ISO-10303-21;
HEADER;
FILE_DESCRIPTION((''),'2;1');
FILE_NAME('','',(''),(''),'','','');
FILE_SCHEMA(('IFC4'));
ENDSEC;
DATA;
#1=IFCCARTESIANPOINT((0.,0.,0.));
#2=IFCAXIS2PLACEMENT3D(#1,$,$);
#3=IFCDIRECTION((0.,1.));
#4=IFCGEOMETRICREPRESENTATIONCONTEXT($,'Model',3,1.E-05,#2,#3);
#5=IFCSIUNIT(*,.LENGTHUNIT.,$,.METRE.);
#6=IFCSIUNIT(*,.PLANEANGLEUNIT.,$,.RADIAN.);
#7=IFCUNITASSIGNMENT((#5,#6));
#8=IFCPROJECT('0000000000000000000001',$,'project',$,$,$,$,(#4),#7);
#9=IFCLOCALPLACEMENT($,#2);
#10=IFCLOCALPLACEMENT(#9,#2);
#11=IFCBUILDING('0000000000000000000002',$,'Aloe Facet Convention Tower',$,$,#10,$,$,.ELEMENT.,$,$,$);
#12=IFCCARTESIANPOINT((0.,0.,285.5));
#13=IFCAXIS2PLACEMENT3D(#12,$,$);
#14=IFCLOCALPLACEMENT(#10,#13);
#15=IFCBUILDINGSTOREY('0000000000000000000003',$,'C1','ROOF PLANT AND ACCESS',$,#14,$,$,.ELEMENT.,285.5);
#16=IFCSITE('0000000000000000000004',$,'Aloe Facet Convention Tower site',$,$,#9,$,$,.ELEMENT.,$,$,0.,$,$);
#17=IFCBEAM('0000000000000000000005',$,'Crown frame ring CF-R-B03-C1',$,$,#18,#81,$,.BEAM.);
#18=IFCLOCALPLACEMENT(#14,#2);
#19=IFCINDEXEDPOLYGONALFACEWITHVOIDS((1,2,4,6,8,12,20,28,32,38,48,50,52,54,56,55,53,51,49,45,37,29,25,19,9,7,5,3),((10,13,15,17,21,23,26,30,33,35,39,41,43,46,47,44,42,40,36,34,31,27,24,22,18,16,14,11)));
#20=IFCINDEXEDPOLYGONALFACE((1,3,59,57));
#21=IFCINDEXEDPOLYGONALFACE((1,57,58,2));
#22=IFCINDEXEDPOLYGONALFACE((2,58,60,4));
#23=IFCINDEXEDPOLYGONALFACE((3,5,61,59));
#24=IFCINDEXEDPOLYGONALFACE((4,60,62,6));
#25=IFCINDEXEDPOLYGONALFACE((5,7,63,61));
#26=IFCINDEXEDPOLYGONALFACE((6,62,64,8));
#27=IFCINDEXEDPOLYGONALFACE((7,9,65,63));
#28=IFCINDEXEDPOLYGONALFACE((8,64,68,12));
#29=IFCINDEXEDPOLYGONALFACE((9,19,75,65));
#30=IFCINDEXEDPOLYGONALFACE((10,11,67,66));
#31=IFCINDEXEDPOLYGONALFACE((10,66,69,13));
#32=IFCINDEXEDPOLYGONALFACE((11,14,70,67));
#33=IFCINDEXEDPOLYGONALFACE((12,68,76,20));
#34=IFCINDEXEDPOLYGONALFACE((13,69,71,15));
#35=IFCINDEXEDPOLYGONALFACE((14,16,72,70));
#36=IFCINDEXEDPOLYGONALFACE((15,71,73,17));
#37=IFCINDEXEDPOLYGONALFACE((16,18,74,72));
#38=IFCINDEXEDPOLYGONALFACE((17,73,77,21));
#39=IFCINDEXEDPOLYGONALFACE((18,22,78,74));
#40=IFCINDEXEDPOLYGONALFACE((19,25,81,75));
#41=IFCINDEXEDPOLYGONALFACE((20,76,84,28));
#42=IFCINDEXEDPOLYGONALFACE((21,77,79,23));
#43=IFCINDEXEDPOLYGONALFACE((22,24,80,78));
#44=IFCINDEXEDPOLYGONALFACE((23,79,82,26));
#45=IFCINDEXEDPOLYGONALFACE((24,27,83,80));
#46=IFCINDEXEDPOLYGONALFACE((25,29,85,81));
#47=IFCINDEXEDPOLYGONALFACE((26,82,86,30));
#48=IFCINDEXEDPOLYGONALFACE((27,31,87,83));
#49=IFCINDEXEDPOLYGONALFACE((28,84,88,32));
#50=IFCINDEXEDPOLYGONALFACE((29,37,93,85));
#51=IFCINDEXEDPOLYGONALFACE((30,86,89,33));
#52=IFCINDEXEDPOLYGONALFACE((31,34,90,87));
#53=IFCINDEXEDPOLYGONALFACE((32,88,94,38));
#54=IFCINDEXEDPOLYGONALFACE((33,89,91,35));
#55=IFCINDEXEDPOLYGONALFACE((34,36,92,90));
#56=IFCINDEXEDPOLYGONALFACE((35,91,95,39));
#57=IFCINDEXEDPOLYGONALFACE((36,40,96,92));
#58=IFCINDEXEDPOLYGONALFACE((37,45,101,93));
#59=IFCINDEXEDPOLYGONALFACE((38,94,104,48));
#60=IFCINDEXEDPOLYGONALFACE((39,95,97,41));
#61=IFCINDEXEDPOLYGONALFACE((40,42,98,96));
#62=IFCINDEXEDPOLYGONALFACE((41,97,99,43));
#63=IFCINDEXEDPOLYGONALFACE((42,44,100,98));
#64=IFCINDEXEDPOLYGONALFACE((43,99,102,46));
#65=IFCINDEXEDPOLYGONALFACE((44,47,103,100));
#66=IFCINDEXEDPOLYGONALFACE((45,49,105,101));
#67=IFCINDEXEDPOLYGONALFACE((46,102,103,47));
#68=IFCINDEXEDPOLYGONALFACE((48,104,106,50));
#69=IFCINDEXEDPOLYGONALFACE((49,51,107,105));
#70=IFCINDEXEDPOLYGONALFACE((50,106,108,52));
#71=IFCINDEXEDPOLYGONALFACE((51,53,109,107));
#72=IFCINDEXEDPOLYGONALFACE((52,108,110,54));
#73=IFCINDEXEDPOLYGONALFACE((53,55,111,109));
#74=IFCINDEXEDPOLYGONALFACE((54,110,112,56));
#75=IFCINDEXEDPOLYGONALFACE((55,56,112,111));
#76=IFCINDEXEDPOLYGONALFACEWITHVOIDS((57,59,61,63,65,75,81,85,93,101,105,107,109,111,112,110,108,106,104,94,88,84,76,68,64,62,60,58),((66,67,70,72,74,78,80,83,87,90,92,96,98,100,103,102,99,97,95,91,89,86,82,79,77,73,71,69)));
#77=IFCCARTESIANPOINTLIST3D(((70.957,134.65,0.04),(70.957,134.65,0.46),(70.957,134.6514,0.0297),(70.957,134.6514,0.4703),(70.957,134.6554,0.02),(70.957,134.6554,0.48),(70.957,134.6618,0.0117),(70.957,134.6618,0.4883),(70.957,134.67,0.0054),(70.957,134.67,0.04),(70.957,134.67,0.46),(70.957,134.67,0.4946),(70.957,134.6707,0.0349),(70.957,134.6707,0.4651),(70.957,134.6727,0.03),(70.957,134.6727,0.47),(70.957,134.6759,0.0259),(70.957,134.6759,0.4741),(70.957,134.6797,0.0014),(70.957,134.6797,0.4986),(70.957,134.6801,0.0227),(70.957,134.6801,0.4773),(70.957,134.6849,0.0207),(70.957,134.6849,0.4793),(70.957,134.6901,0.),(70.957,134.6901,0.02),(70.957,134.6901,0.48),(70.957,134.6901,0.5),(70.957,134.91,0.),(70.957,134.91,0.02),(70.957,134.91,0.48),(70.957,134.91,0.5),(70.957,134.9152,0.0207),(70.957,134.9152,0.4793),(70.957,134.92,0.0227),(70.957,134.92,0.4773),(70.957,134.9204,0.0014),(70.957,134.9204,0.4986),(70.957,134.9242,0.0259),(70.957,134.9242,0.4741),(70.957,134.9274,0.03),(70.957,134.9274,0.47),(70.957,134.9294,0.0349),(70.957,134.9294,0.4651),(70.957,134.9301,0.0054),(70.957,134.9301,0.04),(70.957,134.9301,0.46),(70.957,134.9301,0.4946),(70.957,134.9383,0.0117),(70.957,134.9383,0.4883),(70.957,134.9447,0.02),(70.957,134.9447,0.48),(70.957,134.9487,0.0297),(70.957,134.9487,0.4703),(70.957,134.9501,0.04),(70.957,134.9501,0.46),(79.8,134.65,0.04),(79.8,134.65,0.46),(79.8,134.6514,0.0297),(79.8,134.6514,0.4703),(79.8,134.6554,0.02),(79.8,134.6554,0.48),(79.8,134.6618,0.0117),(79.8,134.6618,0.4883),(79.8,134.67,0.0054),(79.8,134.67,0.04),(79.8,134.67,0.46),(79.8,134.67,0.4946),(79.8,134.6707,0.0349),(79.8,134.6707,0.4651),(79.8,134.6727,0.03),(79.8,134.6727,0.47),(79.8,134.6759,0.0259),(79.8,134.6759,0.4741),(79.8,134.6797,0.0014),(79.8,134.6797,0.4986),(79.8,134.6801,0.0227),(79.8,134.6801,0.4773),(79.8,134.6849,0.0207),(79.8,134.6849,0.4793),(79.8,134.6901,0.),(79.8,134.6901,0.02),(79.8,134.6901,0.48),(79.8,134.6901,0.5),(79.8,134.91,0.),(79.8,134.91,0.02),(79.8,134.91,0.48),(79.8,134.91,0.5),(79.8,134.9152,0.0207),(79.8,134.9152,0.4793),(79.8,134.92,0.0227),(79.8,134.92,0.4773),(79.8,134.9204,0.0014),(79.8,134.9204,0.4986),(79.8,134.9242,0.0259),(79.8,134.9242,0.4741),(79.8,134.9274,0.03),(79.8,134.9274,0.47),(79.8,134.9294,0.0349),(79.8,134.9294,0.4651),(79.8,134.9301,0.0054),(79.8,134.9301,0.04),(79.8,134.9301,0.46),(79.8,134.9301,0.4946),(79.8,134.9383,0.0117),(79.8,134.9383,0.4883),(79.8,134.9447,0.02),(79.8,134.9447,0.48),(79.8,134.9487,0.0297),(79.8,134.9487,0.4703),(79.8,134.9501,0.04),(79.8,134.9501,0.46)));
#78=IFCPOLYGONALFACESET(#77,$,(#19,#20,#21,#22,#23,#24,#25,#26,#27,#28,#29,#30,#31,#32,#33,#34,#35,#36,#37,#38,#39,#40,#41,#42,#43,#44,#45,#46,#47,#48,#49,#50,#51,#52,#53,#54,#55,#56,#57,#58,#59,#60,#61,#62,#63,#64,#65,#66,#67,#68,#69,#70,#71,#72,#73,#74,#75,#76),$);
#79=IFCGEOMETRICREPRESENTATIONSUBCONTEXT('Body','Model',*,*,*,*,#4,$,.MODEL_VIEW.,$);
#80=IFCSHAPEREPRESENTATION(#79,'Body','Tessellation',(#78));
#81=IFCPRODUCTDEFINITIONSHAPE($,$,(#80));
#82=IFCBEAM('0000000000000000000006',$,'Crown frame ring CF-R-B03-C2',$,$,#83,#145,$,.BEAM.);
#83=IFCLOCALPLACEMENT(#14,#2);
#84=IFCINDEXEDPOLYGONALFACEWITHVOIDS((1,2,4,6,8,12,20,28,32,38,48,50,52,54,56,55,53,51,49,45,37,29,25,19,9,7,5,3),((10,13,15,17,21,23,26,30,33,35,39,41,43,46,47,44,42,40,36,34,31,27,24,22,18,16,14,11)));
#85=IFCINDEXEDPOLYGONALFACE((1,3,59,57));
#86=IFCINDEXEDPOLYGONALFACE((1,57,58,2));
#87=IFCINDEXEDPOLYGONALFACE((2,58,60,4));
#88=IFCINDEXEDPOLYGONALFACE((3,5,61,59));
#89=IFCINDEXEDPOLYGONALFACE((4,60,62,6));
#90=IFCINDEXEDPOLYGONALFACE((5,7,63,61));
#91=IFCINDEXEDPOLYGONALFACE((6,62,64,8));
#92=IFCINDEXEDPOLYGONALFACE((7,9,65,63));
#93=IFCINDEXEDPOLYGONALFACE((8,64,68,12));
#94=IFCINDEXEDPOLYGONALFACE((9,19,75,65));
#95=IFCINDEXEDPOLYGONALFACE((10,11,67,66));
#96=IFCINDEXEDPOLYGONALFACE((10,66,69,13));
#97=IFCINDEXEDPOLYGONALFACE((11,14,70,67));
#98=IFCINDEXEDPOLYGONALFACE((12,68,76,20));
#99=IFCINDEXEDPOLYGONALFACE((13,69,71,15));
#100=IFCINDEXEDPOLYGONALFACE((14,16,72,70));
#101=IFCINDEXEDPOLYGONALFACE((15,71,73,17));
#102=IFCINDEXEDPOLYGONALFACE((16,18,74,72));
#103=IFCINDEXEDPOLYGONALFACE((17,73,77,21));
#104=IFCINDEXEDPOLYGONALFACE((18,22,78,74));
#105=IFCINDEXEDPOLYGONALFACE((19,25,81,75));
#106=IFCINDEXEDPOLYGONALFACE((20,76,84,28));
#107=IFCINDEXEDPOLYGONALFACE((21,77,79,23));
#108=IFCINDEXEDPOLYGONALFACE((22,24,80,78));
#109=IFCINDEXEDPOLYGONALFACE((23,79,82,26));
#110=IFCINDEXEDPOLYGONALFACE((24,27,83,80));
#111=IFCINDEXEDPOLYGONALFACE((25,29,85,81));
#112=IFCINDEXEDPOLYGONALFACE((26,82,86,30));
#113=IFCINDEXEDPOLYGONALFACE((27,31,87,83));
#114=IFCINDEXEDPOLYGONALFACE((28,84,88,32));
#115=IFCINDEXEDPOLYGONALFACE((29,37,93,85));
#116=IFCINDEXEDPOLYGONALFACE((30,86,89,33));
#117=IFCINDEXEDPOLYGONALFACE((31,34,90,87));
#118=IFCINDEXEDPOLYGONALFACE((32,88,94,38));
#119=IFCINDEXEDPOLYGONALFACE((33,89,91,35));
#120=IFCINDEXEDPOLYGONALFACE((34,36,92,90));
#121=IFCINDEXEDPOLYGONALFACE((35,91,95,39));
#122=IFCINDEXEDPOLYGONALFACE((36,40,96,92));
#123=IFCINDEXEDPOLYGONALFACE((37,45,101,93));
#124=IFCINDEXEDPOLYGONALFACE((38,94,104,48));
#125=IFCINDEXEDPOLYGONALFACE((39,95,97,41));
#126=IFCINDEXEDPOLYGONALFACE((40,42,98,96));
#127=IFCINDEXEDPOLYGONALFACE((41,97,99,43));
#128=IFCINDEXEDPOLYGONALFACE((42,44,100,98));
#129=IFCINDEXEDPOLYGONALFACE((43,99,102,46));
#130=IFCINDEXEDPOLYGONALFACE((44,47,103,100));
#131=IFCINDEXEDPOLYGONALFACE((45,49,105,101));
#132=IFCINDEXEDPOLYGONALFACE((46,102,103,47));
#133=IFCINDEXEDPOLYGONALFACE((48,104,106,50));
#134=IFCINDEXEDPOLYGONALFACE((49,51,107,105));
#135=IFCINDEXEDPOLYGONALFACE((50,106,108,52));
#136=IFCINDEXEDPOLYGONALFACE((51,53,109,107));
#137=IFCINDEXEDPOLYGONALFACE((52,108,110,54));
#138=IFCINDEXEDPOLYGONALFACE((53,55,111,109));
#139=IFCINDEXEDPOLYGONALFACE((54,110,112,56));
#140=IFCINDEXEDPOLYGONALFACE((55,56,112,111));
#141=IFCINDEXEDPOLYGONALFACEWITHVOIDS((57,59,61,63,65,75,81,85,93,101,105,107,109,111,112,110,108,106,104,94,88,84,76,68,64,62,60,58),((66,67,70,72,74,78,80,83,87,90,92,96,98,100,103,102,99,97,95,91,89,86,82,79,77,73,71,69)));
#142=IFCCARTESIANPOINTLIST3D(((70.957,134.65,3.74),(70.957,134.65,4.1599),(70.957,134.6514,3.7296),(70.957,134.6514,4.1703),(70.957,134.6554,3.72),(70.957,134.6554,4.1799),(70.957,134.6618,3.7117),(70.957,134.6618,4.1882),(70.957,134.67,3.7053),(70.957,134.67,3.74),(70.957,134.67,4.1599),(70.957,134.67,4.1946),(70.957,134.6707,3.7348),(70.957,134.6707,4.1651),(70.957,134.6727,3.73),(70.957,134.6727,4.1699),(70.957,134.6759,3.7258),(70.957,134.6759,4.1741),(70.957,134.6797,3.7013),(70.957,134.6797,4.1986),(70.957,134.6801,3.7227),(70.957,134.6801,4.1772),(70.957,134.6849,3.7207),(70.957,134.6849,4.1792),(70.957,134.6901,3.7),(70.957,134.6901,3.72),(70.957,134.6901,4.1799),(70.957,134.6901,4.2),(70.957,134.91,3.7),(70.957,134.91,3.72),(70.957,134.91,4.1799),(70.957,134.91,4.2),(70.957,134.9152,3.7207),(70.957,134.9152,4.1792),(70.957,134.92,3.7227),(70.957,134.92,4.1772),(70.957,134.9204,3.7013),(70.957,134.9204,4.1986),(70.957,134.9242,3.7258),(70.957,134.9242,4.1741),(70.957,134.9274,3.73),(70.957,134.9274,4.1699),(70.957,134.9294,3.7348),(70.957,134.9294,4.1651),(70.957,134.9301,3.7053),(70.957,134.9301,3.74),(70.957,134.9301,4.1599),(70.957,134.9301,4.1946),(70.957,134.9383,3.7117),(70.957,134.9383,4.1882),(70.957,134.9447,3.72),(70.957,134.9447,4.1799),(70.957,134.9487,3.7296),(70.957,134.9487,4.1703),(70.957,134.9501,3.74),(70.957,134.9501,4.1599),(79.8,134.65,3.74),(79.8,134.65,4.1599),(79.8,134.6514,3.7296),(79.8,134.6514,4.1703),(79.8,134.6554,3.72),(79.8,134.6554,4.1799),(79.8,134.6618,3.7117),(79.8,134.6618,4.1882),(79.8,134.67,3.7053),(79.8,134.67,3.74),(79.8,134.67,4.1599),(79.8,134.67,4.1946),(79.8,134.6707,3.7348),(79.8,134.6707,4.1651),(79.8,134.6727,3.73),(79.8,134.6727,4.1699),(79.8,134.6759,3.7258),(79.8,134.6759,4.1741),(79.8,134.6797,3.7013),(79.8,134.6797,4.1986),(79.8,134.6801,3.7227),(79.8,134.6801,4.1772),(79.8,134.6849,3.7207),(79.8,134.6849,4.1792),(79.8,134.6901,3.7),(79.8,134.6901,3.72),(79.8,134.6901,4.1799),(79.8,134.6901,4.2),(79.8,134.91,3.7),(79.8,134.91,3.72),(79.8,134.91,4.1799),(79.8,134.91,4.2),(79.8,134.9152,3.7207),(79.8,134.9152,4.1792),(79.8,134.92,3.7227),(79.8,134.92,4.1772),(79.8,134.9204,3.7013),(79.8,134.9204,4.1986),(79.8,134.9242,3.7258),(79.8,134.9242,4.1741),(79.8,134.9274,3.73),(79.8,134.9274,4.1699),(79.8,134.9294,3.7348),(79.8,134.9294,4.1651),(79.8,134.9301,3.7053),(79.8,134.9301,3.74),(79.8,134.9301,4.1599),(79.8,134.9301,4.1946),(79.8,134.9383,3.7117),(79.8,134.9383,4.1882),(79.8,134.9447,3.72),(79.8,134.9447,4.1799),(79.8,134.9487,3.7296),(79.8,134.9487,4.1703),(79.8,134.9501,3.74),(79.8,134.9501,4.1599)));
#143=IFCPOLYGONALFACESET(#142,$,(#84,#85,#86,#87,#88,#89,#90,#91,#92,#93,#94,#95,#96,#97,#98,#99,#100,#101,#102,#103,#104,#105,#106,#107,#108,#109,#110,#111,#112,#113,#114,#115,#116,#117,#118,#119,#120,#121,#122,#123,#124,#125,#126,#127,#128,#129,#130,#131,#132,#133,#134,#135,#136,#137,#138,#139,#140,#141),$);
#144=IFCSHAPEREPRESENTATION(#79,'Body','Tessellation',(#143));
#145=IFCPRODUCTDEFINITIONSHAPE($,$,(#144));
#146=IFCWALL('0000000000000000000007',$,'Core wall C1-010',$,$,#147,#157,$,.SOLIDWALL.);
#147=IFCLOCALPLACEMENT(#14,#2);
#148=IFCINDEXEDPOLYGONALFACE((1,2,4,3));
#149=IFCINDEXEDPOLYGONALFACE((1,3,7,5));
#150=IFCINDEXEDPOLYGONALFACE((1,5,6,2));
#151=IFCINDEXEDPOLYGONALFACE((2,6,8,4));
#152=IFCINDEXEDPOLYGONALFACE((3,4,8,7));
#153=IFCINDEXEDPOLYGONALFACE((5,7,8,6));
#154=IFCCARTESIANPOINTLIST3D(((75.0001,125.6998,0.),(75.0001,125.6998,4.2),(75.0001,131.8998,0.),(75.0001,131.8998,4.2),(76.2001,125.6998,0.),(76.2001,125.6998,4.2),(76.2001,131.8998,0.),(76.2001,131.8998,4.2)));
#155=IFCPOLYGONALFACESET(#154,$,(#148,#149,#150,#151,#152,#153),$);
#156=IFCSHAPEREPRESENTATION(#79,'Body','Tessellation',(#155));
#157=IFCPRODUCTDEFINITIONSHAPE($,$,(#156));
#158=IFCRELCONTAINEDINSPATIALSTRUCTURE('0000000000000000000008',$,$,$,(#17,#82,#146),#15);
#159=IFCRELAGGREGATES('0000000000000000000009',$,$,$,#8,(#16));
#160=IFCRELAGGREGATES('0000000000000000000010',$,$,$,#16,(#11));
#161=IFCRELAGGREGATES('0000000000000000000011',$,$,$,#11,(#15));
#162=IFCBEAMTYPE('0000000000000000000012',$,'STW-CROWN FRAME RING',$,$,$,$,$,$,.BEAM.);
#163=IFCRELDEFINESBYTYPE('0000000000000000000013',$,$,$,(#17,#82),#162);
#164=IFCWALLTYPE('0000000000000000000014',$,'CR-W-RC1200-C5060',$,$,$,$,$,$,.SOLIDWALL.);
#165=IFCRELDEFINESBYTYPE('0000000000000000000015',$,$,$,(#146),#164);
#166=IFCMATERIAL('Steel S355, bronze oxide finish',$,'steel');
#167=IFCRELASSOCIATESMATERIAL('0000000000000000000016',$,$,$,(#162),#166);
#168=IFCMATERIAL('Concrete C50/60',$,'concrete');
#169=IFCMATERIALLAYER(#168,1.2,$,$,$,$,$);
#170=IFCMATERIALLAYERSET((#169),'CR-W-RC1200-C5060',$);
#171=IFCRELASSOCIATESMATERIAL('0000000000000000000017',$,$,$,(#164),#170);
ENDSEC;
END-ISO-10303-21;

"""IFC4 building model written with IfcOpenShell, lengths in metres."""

from ifc_helpers import new_model, si_unit, direction, frame, frame_2d, origin, origin_2d, place, context, subcontext, project, spatial, rectangle, hollow_rectangle, extrude, material, layer, layer_set, material_profile, profile_set, type_object, element, save


model = new_model("IFC4")

# Units and contexts
model_context = context("Model", 3, precision=1e-05, world=origin(), true_north=direction((0.0, 1.0)))
body_context = subcontext(model_context, "Body", "Model", "MODEL_VIEW")
ifc_project = project(units=[si_unit("LENGTHUNIT", "METRE"), si_unit("PLANEANGLEUNIT", "RADIAN")], contexts=[model_context])

# Site, building, storey
site_placement = place(None, origin())
site = spatial("IfcSite", under=ifc_project, at=site_placement, Name="Aloe Facet Convention Tower site", CompositionType="ELEMENT", RefElevation=0.0)
building_placement = place(site_placement, origin())
building = spatial("IfcBuilding", under=site, at=building_placement, Name="Aloe Facet Convention Tower", CompositionType="ELEMENT")
storey_placement = place(building_placement, frame((0.0, 0.0, 285.5)))
storey = spatial("IfcBuildingStorey", under=building, at=storey_placement, Name="C1", Description="ROOF PLANT AND ACCESS", CompositionType="ELEMENT", Elevation=285.5)

# Beams
ifc_material_1 = material(Name="Steel S355, bronze oxide finish", Category="steel")
ifc_material_profile_1 = material_profile(ifc_material_1, hollow_rectangle(XDim=0.3, YDim=0.5, WallThickness=0.02, InnerFilletRadius=0.02, OuterFilletRadius=0.04, at=origin_2d()), Name="RHS 500x300x20")
ifc_profile_set_1 = profile_set([ifc_material_profile_1], Name="Steel S355, bronze oxide finish")
beam_type = type_object("IfcBeamType", Name="STW-CROWN FRAME RING", PredefinedType="BEAM", material=ifc_profile_set_1)
for number, where, z_axis, x_axis, name in (
    (1, (79.8, 134.8, 0.25), (-1.0, 0.0, 0.0), (0.0, -1.0, 0.0), "Crown frame ring CF-R-B03-C1"),
    (2, (79.8, 134.8, 3.95), (-1.0, 0.0, 0.0), (0.0, -1.0, 0.0), "Crown frame ring CF-R-B03-C2"),
):
    element("IfcBeam", number, at=place(storey_placement, frame(where, z_axis=z_axis, x_axis=x_axis)), inside=storey, type_object=beam_type, Name=name, PredefinedType="BEAM", context=body_context, shape_type="SweptSolid", body=[
        extrude(hollow_rectangle(XDim=0.3, YDim=0.5, WallThickness=0.02, InnerFilletRadius=0.02, OuterFilletRadius=0.04, at=origin_2d()), origin(), (0.0, 0.0, 1.0), 8.843),
    ])

# Wall
ifc_material_2 = material(Name="Concrete C50/60", Category="concrete")
ifc_layer_1 = layer(ifc_material_2, 1.2)
ifc_layer_set_1 = layer_set([ifc_layer_1], Name="CR-W-RC1200-C5060")
wall_type_1 = type_object("IfcWallType", Name="CR-W-RC1200-C5060", PredefinedType="SOLIDWALL", material=ifc_layer_set_1)
wall_1_placement = place(storey_placement, frame((75.6001, 131.8999, 0.0), z_axis=(0.0, 0.0, 1.0), x_axis=(0.0, -1.0, 0.0)))
element("IfcWall", 3, at=wall_1_placement, inside=storey, type_object=wall_type_1, Name="Core wall C1-010", PredefinedType="SOLIDWALL", context=body_context, shape_type="SweptSolid", body=[
    extrude(rectangle(XDim=6.2, YDim=1.2, at=frame_2d((3.1001, 0.0))), origin(), (0.0, 0.0, 1.0), 4.2),
])

save(model, "model.ifc")
